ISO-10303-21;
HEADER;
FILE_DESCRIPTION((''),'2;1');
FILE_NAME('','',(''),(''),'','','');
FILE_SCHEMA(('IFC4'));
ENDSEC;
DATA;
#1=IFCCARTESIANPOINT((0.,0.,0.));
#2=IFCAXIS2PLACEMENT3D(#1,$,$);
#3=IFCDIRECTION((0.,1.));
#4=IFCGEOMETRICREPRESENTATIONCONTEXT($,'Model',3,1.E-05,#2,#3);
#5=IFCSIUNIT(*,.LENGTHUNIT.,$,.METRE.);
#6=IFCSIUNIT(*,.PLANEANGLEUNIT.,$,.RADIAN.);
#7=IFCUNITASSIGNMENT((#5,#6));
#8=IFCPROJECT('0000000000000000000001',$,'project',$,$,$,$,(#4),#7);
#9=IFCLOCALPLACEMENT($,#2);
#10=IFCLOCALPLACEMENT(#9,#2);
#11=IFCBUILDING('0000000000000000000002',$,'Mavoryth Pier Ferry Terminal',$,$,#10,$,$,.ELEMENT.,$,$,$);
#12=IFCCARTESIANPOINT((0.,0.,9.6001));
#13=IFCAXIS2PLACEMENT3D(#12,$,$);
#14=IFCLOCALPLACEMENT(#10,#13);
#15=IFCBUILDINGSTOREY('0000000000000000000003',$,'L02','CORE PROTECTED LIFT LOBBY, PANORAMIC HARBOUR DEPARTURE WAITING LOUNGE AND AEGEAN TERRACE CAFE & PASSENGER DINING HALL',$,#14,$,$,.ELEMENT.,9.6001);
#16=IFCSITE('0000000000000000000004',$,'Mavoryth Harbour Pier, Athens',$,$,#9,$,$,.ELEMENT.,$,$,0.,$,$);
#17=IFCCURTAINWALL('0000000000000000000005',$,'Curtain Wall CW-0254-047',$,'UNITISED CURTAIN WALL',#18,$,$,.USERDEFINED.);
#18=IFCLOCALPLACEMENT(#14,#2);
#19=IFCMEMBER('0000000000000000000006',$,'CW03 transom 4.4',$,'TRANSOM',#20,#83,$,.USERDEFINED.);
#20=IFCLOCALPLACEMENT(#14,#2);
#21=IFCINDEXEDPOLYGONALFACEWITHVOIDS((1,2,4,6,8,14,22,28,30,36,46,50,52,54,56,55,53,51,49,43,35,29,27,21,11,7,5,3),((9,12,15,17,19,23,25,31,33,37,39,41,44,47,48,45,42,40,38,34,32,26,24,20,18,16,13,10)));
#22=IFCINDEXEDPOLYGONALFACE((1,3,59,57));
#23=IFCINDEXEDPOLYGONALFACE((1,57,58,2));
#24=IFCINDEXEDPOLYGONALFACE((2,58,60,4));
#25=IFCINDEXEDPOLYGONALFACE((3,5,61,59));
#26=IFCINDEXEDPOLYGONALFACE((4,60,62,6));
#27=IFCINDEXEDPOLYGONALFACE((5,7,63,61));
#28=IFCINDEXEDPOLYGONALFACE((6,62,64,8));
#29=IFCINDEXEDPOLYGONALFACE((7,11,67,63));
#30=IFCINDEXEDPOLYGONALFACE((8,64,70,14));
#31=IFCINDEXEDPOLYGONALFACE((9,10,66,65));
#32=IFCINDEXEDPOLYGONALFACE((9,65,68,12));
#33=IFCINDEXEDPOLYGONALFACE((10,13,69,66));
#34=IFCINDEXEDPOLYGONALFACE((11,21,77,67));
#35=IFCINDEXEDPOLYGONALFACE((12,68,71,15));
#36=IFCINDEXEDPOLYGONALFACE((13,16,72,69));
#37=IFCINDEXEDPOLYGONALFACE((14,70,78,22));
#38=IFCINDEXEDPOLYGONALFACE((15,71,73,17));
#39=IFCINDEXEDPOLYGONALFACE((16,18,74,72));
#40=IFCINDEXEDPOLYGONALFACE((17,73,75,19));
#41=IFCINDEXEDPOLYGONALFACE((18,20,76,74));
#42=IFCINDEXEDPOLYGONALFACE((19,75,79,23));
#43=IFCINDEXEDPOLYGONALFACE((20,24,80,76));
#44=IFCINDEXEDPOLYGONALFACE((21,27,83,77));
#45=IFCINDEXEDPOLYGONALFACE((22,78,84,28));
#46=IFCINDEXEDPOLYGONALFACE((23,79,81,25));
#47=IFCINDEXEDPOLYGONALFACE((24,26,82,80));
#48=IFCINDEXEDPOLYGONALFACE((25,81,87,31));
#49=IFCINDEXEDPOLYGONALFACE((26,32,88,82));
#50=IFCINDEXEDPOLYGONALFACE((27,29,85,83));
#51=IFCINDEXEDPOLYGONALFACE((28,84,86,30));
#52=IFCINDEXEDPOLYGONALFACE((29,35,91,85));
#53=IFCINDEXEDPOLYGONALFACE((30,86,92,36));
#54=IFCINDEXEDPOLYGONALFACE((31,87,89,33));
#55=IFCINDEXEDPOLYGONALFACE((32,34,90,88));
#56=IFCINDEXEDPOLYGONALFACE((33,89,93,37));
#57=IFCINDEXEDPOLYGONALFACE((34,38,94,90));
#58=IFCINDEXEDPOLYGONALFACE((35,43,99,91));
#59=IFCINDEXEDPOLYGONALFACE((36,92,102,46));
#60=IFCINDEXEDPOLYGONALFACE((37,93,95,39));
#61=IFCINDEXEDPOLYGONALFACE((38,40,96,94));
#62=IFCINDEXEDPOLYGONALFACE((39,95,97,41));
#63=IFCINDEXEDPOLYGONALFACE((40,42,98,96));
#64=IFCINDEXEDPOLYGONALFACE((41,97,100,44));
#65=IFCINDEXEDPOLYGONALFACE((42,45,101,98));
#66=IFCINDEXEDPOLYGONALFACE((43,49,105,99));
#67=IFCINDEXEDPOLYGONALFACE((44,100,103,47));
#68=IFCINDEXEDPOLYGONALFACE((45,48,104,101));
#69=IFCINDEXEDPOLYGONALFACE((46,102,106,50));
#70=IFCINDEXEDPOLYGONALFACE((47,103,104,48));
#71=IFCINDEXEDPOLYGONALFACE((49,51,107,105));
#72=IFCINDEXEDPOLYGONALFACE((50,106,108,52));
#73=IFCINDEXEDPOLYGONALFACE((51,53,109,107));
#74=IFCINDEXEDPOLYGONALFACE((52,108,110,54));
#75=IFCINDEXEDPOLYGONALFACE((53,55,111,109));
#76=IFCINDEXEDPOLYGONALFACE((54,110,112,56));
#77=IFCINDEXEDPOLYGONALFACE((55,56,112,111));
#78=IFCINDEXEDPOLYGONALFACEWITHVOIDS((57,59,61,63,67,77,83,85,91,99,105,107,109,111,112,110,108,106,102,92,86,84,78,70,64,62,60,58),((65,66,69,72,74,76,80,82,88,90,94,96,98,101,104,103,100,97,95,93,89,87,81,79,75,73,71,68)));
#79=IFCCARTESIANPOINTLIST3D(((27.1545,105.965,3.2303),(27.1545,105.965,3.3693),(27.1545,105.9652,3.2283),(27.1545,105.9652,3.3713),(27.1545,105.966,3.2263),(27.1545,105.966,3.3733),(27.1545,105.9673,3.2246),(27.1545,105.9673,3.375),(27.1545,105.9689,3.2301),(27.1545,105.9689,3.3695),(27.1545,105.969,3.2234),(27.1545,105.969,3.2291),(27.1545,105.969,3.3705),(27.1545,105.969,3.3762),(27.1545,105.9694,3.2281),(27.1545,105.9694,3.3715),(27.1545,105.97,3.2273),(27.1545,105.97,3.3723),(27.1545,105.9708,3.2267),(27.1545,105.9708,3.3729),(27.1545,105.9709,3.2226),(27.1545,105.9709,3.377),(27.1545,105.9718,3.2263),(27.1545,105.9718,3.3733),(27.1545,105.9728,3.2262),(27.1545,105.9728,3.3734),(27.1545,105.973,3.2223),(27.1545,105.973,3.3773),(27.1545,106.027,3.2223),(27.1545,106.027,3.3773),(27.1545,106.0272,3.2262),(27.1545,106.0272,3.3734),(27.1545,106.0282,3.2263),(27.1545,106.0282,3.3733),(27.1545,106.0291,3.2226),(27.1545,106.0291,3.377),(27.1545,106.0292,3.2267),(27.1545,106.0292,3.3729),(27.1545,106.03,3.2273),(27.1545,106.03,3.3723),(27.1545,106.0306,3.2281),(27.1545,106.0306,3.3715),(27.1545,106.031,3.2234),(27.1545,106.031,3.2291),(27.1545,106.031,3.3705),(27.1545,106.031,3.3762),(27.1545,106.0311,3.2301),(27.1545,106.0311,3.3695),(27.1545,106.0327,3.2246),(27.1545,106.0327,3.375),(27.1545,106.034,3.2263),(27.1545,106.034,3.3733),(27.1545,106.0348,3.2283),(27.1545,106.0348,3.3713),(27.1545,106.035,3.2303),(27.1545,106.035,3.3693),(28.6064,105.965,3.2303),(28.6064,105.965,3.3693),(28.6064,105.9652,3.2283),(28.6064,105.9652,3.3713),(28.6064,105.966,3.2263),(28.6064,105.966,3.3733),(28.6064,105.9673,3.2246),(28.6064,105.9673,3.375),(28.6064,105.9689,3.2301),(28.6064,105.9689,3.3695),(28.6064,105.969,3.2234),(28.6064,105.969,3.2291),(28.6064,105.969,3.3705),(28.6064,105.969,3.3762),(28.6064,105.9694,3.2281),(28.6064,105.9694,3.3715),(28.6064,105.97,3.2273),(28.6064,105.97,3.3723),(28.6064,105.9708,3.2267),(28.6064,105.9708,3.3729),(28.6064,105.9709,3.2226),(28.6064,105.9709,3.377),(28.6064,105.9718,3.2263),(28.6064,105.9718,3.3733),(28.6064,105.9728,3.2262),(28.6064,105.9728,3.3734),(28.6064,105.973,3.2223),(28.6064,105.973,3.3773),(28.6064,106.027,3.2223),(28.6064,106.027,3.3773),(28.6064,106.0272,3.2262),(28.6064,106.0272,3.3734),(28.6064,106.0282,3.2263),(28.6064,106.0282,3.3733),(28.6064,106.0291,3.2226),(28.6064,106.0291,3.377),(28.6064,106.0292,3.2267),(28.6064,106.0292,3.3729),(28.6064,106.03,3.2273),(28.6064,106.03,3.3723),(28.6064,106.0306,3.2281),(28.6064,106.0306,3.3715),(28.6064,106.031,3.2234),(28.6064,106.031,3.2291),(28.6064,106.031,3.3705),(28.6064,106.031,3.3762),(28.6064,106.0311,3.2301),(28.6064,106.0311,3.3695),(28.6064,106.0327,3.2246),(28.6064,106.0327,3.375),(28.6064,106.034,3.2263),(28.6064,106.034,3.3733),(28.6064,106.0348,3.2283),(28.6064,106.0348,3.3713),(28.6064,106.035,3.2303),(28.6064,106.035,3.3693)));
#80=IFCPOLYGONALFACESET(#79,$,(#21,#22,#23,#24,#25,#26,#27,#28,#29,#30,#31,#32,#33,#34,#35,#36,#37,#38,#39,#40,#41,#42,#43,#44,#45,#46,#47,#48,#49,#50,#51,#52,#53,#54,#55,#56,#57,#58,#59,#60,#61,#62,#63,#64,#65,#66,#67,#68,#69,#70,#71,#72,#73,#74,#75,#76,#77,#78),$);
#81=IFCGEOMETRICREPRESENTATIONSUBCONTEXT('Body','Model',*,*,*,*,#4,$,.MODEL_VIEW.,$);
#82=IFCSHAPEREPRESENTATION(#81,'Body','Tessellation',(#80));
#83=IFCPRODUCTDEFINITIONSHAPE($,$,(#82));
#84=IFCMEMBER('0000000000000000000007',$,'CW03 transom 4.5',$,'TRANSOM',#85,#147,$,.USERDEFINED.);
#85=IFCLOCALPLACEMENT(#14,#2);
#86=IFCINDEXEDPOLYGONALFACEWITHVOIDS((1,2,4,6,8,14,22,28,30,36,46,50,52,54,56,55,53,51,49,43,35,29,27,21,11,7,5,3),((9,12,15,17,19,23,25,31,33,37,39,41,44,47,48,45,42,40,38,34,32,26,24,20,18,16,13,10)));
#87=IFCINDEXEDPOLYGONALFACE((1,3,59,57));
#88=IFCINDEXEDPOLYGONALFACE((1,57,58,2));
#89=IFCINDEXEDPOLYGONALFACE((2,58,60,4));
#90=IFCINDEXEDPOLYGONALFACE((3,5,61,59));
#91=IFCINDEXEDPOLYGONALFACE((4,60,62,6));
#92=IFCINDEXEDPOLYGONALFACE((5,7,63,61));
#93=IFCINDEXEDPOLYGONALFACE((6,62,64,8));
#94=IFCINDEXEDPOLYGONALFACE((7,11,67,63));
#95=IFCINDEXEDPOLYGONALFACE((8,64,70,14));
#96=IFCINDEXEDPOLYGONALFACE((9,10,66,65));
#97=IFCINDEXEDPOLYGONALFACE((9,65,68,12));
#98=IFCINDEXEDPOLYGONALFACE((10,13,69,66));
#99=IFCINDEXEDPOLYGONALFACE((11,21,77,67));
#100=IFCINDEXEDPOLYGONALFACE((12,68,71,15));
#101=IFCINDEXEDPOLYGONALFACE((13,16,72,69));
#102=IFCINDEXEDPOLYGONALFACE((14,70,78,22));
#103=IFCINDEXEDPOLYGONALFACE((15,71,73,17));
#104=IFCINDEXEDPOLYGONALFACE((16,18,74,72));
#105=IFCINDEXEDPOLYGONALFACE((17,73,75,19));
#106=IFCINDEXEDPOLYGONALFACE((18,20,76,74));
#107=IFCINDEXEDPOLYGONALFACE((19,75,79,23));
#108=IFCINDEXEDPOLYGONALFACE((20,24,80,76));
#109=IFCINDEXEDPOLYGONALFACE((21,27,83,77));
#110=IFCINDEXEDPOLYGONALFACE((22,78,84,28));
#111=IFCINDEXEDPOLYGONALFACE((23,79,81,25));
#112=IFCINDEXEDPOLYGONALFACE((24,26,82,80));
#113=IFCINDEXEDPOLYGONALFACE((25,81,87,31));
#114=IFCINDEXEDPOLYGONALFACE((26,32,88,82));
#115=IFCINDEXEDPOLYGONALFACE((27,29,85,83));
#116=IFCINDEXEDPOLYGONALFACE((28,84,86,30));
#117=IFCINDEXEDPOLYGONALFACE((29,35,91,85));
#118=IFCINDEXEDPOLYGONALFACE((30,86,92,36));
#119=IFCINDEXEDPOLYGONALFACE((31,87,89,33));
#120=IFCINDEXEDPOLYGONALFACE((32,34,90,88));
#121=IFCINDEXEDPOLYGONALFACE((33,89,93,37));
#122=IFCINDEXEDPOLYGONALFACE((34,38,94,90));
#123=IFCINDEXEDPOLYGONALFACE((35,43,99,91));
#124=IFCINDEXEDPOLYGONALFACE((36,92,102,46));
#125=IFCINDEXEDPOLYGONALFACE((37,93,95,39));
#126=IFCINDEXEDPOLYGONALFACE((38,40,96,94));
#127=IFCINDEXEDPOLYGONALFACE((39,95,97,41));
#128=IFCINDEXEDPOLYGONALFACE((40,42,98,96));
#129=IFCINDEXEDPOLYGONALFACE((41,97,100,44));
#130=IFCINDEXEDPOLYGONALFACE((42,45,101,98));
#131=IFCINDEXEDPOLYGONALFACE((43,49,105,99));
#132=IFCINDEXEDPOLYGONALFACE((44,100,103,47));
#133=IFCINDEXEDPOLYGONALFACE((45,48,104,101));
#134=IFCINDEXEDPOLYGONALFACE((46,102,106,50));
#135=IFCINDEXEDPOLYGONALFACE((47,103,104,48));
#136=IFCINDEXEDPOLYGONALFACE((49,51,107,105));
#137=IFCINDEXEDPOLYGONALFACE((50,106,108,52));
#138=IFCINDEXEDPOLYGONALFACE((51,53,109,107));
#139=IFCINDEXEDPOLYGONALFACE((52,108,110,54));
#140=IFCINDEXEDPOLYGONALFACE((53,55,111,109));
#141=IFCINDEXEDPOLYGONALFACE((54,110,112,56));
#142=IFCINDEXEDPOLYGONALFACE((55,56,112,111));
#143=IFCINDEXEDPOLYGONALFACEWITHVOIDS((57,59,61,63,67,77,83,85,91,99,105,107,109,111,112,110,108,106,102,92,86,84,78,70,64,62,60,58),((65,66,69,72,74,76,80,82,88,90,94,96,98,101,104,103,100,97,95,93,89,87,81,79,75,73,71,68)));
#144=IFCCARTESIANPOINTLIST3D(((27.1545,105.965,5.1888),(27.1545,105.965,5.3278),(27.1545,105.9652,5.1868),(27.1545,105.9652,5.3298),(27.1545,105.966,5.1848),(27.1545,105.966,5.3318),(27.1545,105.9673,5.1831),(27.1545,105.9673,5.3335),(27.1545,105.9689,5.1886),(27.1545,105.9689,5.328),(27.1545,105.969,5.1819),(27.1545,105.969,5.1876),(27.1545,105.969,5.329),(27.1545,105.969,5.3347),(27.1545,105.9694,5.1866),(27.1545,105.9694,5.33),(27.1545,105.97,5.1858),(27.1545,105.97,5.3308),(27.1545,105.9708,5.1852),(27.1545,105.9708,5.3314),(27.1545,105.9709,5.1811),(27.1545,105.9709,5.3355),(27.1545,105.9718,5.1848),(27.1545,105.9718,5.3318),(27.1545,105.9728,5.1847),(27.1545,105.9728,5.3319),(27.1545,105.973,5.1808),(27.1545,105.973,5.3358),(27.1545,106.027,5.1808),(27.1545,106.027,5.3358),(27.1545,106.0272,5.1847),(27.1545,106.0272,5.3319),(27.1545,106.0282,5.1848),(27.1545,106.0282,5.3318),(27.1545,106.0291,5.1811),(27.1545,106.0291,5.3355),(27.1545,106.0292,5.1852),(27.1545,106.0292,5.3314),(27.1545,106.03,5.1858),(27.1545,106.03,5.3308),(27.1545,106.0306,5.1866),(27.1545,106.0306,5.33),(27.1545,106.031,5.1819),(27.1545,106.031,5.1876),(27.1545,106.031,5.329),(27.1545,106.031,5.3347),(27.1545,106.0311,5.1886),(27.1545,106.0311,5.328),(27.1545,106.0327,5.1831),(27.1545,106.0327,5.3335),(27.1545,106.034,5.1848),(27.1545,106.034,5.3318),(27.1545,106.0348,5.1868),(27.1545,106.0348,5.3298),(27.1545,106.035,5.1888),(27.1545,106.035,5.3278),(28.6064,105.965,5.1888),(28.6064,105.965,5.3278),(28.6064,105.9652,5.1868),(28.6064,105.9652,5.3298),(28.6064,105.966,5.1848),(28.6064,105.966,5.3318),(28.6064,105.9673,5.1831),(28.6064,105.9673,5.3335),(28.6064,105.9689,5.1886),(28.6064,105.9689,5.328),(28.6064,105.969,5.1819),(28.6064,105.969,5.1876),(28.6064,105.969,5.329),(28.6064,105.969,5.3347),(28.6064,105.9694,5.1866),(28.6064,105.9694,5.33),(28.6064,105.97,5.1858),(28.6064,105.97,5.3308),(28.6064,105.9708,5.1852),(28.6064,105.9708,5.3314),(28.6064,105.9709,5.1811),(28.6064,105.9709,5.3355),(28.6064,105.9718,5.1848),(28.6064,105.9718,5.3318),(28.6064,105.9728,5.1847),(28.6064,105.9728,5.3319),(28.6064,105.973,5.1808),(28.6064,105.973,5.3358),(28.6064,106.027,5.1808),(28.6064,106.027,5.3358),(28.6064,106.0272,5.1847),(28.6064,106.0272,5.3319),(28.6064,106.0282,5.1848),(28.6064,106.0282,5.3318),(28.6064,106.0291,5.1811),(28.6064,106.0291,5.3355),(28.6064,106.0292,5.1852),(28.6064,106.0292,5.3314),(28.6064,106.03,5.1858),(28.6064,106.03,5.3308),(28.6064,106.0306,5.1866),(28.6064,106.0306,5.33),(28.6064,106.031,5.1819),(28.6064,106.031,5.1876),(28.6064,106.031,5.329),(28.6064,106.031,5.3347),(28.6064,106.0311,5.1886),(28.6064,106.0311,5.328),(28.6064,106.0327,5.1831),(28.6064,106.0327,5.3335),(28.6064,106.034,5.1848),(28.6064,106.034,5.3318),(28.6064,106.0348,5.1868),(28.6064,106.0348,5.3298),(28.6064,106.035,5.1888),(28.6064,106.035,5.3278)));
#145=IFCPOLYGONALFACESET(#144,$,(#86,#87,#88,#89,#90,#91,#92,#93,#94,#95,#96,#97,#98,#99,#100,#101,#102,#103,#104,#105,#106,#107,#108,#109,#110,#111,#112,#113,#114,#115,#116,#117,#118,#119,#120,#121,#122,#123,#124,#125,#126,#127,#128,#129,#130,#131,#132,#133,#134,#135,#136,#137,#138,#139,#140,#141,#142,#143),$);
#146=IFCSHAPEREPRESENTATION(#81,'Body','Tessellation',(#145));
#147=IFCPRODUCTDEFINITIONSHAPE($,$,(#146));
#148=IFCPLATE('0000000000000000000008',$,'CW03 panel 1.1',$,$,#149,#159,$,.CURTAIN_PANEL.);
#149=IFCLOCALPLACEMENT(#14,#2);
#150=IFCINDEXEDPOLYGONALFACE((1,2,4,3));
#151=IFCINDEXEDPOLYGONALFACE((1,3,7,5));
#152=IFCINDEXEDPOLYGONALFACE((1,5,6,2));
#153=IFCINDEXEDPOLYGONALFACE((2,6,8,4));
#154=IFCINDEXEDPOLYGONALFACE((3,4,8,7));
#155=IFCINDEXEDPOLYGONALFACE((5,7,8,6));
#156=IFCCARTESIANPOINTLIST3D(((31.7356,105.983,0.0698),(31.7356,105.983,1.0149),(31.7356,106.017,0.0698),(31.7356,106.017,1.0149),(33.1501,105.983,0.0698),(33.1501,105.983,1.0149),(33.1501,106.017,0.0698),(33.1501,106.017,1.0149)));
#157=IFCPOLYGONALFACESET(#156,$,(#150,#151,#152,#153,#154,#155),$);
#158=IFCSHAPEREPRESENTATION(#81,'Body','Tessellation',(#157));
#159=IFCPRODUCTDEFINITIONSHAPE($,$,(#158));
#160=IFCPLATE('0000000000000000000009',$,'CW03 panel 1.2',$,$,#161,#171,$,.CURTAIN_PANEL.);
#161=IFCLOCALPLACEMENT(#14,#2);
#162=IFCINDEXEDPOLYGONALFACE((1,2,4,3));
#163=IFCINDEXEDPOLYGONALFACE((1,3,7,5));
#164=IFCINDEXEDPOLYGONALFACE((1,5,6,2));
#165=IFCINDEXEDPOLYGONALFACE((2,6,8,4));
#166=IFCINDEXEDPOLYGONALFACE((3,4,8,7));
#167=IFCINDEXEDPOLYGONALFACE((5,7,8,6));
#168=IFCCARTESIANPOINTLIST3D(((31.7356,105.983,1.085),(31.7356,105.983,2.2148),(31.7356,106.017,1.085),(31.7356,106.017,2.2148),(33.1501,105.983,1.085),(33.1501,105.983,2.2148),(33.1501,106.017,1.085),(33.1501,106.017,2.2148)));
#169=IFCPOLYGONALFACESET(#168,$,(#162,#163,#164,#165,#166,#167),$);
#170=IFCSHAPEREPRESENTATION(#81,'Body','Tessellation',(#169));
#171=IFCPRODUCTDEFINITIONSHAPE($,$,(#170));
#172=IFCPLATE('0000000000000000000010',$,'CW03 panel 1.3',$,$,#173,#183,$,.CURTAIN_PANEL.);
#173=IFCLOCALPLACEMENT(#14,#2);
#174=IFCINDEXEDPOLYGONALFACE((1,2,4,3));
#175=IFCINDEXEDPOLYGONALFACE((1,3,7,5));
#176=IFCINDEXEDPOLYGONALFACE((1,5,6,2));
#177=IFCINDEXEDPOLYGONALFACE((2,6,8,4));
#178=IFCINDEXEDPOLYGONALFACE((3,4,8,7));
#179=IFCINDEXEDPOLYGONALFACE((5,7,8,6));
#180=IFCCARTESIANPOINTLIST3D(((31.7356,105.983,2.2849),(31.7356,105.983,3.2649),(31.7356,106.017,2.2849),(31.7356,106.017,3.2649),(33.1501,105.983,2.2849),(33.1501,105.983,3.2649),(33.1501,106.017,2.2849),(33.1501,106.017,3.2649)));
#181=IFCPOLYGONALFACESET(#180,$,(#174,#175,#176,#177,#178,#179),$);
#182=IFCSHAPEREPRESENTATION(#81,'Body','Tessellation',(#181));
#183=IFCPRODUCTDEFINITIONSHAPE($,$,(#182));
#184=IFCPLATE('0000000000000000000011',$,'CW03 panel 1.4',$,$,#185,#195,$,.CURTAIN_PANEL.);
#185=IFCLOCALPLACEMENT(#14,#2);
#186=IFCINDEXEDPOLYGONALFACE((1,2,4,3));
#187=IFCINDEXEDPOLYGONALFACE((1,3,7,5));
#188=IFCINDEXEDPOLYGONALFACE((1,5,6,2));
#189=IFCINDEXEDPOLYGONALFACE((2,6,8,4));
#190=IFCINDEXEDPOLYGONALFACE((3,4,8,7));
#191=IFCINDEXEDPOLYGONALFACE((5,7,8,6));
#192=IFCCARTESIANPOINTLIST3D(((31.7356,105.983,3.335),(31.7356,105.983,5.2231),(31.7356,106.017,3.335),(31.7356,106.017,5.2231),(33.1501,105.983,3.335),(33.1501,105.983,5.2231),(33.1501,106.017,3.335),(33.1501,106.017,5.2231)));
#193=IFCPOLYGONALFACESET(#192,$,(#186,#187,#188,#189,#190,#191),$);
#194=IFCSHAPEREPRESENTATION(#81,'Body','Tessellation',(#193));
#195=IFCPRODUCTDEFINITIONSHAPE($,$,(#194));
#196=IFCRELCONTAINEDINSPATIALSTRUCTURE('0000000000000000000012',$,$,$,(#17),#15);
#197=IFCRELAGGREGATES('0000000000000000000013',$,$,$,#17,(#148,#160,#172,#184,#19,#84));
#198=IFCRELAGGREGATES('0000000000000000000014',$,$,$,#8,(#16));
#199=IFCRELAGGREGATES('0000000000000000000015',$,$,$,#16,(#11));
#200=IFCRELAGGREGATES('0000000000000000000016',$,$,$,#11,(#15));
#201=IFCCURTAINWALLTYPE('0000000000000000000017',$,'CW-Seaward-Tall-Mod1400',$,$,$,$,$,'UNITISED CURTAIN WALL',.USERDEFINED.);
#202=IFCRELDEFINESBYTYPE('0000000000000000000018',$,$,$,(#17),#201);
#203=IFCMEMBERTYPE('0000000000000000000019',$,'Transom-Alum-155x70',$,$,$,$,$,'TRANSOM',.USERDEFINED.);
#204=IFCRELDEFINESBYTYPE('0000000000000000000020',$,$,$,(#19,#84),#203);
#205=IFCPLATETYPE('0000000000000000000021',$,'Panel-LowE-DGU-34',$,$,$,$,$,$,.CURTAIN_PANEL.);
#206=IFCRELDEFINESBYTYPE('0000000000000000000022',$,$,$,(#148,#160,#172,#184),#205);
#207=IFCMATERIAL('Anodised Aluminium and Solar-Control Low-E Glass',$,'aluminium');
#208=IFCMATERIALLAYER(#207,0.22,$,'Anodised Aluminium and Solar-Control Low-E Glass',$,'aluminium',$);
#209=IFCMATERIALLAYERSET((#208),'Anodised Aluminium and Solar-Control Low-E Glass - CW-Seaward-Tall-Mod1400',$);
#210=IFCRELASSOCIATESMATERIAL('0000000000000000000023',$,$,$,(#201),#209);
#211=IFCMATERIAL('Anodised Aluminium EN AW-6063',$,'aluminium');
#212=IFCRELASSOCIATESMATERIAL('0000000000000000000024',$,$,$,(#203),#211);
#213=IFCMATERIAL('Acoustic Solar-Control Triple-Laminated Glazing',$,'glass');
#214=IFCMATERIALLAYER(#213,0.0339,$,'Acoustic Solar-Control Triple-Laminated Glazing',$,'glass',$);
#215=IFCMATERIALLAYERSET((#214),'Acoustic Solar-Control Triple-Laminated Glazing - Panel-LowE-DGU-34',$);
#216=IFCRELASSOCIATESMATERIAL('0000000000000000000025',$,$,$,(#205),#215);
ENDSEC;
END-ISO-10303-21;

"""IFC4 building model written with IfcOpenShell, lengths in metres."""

from ifc_helpers import new_model, si_unit, direction, frame, origin, origin_2d, place, context, subcontext, project, spatial, rectangle, hollow_rectangle, extrude, material, layer, layer_set, material_profile, profile_set, type_object, element, aggregate, save


model = new_model("IFC4")

# Units and contexts
model_context = context("Model", 3, precision=1e-05, world=origin(), true_north=direction((0.0, 1.0)))
body_context = subcontext(model_context, "Body", "Model", "MODEL_VIEW")
ifc_project = project(units=[si_unit("LENGTHUNIT", "METRE"), si_unit("PLANEANGLEUNIT", "RADIAN")], contexts=[model_context])

# Site, building, storey
site_placement = place(None, origin())
site = spatial("IfcSite", under=ifc_project, at=site_placement, Name="Mavoryth Harbour Pier, Athens", CompositionType="ELEMENT", RefElevation=0.0)
building_placement = place(site_placement, origin())
building = spatial("IfcBuilding", under=site, at=building_placement, Name="Mavoryth Pier Ferry Terminal", CompositionType="ELEMENT")
storey_placement = place(building_placement, frame((0.0, 0.0, 9.6001)))
storey = spatial("IfcBuildingStorey", under=building, at=storey_placement, Name="L02", Description="CORE PROTECTED LIFT LOBBY, PANORAMIC HARBOUR DEPARTURE WAITING LOUNGE AND AEGEAN TERRACE CAFE & PASSENGER DINING HALL", CompositionType="ELEMENT", Elevation=9.6001)

# Curtain wall
ifc_material_1 = material(Name="Anodised Aluminium and Solar-Control Low-E Glass", Category="aluminium")
ifc_layer_1 = layer(ifc_material_1, 0.22, Name="Anodised Aluminium and Solar-Control Low-E Glass", Category="aluminium")
ifc_layer_set_1 = layer_set([ifc_layer_1], Name="Anodised Aluminium and Solar-Control Low-E Glass - CW-Seaward-Tall-Mod1400")
curtain_wall_type = type_object("IfcCurtainWallType", Name="CW-Seaward-Tall-Mod1400", ElementType="UNITISED CURTAIN WALL", PredefinedType="USERDEFINED", material=ifc_layer_set_1)
curtain_wall_placement = place(storey_placement, origin())
curtain_wall = element("IfcCurtainWall", 1, at=curtain_wall_placement, inside=storey, type_object=curtain_wall_type, Name="Curtain Wall CW-0254-047", ObjectType="UNITISED CURTAIN WALL", PredefinedType="USERDEFINED")
ifc_material_2 = material(Name="Anodised Aluminium EN AW-6063", Category="aluminium")

# Members
ifc_material_profile_1 = material_profile(ifc_material_2, hollow_rectangle(XDim=0.0701, YDim=0.155, WallThickness=0.0039, InnerFilletRadius=0.0039, OuterFilletRadius=0.0081, at=origin_2d()), Name="AL-TRAN 155x70x4", Category="aluminium")
ifc_profile_set_1 = profile_set([ifc_material_profile_1], Name="Anodised Aluminium EN AW-6063 - AL-TRAN 155x70x4")
member_type_1 = type_object("IfcMemberType", Name="Transom-Alum-155x70", ElementType="TRANSOM", PredefinedType="USERDEFINED", material=ifc_profile_set_1)
member_1_placement = place(storey_placement, frame((28.6064, 106.0, 3.2998), z_axis=(-1.0, 0.0, 0.0), x_axis=(0.0, -1.0, 0.0)))
member_1 = element("IfcMember", 2, at=member_1_placement, type_object=member_type_1, Name="CW03 transom 4.4", ObjectType="TRANSOM", PredefinedType="USERDEFINED", context=body_context, shape_type="SweptSolid", body=[
    extrude(hollow_rectangle(XDim=0.0701, YDim=0.155, WallThickness=0.0039, InnerFilletRadius=0.0039, OuterFilletRadius=0.0081, at=origin_2d()), origin(), (0.0, 0.0, 1.0), 1.4519),
])
member_2_placement = place(storey_placement, frame((28.6064, 106.0, 5.2583), z_axis=(-1.0, 0.0, 0.0), x_axis=(0.0, -1.0, 0.0)))
member_2 = element("IfcMember", 3, at=member_2_placement, type_object=member_type_1, Name="CW03 transom 4.5", ObjectType="TRANSOM", PredefinedType="USERDEFINED", context=body_context, shape_type="SweptSolid", body=[
    extrude(hollow_rectangle(XDim=0.0701, YDim=0.155, WallThickness=0.0039, InnerFilletRadius=0.0039, OuterFilletRadius=0.0081, at=origin_2d()), origin(), (0.0, 0.0, 1.0), 1.4519),
])

# Plates
ifc_material_3 = material(Name="Acoustic Solar-Control Triple-Laminated Glazing", Category="glass")
ifc_layer_2 = layer(ifc_material_3, 0.0339, Name="Acoustic Solar-Control Triple-Laminated Glazing", Category="glass")
ifc_layer_set_2 = layer_set([ifc_layer_2], Name="Acoustic Solar-Control Triple-Laminated Glazing - Panel-LowE-DGU-34")
plate_type = type_object("IfcPlateType", Name="Panel-LowE-DGU-34", PredefinedType="CURTAIN_PANEL", material=ifc_layer_set_2)
plate_1_placement = place(storey_placement, frame((32.4429, 106.0, 0.0698), z_axis=(0.0, 0.0, 1.0), x_axis=(-1.0, 0.0, 0.0)))
plate_1 = element("IfcPlate", 4, at=plate_1_placement, type_object=plate_type, Name="CW03 panel 1.1", PredefinedType="CURTAIN_PANEL", context=body_context, shape_type="SweptSolid", body=[
    extrude(rectangle(XDim=1.4146, YDim=0.0339, at=origin_2d()), origin(), (0.0, 0.0, 1.0), 0.9451),
])
plate_2_placement = place(storey_placement, frame((32.4429, 106.0, 1.085), z_axis=(0.0, 0.0, 1.0), x_axis=(-1.0, 0.0, 0.0)))
plate_2 = element("IfcPlate", 5, at=plate_2_placement, type_object=plate_type, Name="CW03 panel 1.2", PredefinedType="CURTAIN_PANEL", context=body_context, shape_type="SweptSolid", body=[
    extrude(rectangle(XDim=1.4146, YDim=0.0339, at=origin_2d()), origin(), (0.0, 0.0, 1.0), 1.1299),
])
plate_3_placement = place(storey_placement, frame((32.4429, 106.0, 2.2849), z_axis=(0.0, 0.0, 1.0), x_axis=(-1.0, 0.0, 0.0)))
plate_3 = element("IfcPlate", 6, at=plate_3_placement, type_object=plate_type, Name="CW03 panel 1.3", PredefinedType="CURTAIN_PANEL", context=body_context, shape_type="SweptSolid", body=[
    extrude(rectangle(XDim=1.4146, YDim=0.0339, at=origin_2d()), origin(), (0.0, 0.0, 1.0), 0.98),
])
plate_4_placement = place(storey_placement, frame((32.4429, 106.0, 3.335), z_axis=(0.0, 0.0, 1.0), x_axis=(-1.0, 0.0, 0.0)))
plate_4 = element("IfcPlate", 7, at=plate_4_placement, type_object=plate_type, Name="CW03 panel 1.4", PredefinedType="CURTAIN_PANEL", context=body_context, shape_type="SweptSolid", body=[
    extrude(rectangle(XDim=1.4146, YDim=0.0339, at=origin_2d()), origin(), (0.0, 0.0, 1.0), 1.8882),
])
aggregate(curtain_wall, [plate_1, plate_2, plate_3, plate_4, member_1, member_2])

save(model, "model.ifc")
